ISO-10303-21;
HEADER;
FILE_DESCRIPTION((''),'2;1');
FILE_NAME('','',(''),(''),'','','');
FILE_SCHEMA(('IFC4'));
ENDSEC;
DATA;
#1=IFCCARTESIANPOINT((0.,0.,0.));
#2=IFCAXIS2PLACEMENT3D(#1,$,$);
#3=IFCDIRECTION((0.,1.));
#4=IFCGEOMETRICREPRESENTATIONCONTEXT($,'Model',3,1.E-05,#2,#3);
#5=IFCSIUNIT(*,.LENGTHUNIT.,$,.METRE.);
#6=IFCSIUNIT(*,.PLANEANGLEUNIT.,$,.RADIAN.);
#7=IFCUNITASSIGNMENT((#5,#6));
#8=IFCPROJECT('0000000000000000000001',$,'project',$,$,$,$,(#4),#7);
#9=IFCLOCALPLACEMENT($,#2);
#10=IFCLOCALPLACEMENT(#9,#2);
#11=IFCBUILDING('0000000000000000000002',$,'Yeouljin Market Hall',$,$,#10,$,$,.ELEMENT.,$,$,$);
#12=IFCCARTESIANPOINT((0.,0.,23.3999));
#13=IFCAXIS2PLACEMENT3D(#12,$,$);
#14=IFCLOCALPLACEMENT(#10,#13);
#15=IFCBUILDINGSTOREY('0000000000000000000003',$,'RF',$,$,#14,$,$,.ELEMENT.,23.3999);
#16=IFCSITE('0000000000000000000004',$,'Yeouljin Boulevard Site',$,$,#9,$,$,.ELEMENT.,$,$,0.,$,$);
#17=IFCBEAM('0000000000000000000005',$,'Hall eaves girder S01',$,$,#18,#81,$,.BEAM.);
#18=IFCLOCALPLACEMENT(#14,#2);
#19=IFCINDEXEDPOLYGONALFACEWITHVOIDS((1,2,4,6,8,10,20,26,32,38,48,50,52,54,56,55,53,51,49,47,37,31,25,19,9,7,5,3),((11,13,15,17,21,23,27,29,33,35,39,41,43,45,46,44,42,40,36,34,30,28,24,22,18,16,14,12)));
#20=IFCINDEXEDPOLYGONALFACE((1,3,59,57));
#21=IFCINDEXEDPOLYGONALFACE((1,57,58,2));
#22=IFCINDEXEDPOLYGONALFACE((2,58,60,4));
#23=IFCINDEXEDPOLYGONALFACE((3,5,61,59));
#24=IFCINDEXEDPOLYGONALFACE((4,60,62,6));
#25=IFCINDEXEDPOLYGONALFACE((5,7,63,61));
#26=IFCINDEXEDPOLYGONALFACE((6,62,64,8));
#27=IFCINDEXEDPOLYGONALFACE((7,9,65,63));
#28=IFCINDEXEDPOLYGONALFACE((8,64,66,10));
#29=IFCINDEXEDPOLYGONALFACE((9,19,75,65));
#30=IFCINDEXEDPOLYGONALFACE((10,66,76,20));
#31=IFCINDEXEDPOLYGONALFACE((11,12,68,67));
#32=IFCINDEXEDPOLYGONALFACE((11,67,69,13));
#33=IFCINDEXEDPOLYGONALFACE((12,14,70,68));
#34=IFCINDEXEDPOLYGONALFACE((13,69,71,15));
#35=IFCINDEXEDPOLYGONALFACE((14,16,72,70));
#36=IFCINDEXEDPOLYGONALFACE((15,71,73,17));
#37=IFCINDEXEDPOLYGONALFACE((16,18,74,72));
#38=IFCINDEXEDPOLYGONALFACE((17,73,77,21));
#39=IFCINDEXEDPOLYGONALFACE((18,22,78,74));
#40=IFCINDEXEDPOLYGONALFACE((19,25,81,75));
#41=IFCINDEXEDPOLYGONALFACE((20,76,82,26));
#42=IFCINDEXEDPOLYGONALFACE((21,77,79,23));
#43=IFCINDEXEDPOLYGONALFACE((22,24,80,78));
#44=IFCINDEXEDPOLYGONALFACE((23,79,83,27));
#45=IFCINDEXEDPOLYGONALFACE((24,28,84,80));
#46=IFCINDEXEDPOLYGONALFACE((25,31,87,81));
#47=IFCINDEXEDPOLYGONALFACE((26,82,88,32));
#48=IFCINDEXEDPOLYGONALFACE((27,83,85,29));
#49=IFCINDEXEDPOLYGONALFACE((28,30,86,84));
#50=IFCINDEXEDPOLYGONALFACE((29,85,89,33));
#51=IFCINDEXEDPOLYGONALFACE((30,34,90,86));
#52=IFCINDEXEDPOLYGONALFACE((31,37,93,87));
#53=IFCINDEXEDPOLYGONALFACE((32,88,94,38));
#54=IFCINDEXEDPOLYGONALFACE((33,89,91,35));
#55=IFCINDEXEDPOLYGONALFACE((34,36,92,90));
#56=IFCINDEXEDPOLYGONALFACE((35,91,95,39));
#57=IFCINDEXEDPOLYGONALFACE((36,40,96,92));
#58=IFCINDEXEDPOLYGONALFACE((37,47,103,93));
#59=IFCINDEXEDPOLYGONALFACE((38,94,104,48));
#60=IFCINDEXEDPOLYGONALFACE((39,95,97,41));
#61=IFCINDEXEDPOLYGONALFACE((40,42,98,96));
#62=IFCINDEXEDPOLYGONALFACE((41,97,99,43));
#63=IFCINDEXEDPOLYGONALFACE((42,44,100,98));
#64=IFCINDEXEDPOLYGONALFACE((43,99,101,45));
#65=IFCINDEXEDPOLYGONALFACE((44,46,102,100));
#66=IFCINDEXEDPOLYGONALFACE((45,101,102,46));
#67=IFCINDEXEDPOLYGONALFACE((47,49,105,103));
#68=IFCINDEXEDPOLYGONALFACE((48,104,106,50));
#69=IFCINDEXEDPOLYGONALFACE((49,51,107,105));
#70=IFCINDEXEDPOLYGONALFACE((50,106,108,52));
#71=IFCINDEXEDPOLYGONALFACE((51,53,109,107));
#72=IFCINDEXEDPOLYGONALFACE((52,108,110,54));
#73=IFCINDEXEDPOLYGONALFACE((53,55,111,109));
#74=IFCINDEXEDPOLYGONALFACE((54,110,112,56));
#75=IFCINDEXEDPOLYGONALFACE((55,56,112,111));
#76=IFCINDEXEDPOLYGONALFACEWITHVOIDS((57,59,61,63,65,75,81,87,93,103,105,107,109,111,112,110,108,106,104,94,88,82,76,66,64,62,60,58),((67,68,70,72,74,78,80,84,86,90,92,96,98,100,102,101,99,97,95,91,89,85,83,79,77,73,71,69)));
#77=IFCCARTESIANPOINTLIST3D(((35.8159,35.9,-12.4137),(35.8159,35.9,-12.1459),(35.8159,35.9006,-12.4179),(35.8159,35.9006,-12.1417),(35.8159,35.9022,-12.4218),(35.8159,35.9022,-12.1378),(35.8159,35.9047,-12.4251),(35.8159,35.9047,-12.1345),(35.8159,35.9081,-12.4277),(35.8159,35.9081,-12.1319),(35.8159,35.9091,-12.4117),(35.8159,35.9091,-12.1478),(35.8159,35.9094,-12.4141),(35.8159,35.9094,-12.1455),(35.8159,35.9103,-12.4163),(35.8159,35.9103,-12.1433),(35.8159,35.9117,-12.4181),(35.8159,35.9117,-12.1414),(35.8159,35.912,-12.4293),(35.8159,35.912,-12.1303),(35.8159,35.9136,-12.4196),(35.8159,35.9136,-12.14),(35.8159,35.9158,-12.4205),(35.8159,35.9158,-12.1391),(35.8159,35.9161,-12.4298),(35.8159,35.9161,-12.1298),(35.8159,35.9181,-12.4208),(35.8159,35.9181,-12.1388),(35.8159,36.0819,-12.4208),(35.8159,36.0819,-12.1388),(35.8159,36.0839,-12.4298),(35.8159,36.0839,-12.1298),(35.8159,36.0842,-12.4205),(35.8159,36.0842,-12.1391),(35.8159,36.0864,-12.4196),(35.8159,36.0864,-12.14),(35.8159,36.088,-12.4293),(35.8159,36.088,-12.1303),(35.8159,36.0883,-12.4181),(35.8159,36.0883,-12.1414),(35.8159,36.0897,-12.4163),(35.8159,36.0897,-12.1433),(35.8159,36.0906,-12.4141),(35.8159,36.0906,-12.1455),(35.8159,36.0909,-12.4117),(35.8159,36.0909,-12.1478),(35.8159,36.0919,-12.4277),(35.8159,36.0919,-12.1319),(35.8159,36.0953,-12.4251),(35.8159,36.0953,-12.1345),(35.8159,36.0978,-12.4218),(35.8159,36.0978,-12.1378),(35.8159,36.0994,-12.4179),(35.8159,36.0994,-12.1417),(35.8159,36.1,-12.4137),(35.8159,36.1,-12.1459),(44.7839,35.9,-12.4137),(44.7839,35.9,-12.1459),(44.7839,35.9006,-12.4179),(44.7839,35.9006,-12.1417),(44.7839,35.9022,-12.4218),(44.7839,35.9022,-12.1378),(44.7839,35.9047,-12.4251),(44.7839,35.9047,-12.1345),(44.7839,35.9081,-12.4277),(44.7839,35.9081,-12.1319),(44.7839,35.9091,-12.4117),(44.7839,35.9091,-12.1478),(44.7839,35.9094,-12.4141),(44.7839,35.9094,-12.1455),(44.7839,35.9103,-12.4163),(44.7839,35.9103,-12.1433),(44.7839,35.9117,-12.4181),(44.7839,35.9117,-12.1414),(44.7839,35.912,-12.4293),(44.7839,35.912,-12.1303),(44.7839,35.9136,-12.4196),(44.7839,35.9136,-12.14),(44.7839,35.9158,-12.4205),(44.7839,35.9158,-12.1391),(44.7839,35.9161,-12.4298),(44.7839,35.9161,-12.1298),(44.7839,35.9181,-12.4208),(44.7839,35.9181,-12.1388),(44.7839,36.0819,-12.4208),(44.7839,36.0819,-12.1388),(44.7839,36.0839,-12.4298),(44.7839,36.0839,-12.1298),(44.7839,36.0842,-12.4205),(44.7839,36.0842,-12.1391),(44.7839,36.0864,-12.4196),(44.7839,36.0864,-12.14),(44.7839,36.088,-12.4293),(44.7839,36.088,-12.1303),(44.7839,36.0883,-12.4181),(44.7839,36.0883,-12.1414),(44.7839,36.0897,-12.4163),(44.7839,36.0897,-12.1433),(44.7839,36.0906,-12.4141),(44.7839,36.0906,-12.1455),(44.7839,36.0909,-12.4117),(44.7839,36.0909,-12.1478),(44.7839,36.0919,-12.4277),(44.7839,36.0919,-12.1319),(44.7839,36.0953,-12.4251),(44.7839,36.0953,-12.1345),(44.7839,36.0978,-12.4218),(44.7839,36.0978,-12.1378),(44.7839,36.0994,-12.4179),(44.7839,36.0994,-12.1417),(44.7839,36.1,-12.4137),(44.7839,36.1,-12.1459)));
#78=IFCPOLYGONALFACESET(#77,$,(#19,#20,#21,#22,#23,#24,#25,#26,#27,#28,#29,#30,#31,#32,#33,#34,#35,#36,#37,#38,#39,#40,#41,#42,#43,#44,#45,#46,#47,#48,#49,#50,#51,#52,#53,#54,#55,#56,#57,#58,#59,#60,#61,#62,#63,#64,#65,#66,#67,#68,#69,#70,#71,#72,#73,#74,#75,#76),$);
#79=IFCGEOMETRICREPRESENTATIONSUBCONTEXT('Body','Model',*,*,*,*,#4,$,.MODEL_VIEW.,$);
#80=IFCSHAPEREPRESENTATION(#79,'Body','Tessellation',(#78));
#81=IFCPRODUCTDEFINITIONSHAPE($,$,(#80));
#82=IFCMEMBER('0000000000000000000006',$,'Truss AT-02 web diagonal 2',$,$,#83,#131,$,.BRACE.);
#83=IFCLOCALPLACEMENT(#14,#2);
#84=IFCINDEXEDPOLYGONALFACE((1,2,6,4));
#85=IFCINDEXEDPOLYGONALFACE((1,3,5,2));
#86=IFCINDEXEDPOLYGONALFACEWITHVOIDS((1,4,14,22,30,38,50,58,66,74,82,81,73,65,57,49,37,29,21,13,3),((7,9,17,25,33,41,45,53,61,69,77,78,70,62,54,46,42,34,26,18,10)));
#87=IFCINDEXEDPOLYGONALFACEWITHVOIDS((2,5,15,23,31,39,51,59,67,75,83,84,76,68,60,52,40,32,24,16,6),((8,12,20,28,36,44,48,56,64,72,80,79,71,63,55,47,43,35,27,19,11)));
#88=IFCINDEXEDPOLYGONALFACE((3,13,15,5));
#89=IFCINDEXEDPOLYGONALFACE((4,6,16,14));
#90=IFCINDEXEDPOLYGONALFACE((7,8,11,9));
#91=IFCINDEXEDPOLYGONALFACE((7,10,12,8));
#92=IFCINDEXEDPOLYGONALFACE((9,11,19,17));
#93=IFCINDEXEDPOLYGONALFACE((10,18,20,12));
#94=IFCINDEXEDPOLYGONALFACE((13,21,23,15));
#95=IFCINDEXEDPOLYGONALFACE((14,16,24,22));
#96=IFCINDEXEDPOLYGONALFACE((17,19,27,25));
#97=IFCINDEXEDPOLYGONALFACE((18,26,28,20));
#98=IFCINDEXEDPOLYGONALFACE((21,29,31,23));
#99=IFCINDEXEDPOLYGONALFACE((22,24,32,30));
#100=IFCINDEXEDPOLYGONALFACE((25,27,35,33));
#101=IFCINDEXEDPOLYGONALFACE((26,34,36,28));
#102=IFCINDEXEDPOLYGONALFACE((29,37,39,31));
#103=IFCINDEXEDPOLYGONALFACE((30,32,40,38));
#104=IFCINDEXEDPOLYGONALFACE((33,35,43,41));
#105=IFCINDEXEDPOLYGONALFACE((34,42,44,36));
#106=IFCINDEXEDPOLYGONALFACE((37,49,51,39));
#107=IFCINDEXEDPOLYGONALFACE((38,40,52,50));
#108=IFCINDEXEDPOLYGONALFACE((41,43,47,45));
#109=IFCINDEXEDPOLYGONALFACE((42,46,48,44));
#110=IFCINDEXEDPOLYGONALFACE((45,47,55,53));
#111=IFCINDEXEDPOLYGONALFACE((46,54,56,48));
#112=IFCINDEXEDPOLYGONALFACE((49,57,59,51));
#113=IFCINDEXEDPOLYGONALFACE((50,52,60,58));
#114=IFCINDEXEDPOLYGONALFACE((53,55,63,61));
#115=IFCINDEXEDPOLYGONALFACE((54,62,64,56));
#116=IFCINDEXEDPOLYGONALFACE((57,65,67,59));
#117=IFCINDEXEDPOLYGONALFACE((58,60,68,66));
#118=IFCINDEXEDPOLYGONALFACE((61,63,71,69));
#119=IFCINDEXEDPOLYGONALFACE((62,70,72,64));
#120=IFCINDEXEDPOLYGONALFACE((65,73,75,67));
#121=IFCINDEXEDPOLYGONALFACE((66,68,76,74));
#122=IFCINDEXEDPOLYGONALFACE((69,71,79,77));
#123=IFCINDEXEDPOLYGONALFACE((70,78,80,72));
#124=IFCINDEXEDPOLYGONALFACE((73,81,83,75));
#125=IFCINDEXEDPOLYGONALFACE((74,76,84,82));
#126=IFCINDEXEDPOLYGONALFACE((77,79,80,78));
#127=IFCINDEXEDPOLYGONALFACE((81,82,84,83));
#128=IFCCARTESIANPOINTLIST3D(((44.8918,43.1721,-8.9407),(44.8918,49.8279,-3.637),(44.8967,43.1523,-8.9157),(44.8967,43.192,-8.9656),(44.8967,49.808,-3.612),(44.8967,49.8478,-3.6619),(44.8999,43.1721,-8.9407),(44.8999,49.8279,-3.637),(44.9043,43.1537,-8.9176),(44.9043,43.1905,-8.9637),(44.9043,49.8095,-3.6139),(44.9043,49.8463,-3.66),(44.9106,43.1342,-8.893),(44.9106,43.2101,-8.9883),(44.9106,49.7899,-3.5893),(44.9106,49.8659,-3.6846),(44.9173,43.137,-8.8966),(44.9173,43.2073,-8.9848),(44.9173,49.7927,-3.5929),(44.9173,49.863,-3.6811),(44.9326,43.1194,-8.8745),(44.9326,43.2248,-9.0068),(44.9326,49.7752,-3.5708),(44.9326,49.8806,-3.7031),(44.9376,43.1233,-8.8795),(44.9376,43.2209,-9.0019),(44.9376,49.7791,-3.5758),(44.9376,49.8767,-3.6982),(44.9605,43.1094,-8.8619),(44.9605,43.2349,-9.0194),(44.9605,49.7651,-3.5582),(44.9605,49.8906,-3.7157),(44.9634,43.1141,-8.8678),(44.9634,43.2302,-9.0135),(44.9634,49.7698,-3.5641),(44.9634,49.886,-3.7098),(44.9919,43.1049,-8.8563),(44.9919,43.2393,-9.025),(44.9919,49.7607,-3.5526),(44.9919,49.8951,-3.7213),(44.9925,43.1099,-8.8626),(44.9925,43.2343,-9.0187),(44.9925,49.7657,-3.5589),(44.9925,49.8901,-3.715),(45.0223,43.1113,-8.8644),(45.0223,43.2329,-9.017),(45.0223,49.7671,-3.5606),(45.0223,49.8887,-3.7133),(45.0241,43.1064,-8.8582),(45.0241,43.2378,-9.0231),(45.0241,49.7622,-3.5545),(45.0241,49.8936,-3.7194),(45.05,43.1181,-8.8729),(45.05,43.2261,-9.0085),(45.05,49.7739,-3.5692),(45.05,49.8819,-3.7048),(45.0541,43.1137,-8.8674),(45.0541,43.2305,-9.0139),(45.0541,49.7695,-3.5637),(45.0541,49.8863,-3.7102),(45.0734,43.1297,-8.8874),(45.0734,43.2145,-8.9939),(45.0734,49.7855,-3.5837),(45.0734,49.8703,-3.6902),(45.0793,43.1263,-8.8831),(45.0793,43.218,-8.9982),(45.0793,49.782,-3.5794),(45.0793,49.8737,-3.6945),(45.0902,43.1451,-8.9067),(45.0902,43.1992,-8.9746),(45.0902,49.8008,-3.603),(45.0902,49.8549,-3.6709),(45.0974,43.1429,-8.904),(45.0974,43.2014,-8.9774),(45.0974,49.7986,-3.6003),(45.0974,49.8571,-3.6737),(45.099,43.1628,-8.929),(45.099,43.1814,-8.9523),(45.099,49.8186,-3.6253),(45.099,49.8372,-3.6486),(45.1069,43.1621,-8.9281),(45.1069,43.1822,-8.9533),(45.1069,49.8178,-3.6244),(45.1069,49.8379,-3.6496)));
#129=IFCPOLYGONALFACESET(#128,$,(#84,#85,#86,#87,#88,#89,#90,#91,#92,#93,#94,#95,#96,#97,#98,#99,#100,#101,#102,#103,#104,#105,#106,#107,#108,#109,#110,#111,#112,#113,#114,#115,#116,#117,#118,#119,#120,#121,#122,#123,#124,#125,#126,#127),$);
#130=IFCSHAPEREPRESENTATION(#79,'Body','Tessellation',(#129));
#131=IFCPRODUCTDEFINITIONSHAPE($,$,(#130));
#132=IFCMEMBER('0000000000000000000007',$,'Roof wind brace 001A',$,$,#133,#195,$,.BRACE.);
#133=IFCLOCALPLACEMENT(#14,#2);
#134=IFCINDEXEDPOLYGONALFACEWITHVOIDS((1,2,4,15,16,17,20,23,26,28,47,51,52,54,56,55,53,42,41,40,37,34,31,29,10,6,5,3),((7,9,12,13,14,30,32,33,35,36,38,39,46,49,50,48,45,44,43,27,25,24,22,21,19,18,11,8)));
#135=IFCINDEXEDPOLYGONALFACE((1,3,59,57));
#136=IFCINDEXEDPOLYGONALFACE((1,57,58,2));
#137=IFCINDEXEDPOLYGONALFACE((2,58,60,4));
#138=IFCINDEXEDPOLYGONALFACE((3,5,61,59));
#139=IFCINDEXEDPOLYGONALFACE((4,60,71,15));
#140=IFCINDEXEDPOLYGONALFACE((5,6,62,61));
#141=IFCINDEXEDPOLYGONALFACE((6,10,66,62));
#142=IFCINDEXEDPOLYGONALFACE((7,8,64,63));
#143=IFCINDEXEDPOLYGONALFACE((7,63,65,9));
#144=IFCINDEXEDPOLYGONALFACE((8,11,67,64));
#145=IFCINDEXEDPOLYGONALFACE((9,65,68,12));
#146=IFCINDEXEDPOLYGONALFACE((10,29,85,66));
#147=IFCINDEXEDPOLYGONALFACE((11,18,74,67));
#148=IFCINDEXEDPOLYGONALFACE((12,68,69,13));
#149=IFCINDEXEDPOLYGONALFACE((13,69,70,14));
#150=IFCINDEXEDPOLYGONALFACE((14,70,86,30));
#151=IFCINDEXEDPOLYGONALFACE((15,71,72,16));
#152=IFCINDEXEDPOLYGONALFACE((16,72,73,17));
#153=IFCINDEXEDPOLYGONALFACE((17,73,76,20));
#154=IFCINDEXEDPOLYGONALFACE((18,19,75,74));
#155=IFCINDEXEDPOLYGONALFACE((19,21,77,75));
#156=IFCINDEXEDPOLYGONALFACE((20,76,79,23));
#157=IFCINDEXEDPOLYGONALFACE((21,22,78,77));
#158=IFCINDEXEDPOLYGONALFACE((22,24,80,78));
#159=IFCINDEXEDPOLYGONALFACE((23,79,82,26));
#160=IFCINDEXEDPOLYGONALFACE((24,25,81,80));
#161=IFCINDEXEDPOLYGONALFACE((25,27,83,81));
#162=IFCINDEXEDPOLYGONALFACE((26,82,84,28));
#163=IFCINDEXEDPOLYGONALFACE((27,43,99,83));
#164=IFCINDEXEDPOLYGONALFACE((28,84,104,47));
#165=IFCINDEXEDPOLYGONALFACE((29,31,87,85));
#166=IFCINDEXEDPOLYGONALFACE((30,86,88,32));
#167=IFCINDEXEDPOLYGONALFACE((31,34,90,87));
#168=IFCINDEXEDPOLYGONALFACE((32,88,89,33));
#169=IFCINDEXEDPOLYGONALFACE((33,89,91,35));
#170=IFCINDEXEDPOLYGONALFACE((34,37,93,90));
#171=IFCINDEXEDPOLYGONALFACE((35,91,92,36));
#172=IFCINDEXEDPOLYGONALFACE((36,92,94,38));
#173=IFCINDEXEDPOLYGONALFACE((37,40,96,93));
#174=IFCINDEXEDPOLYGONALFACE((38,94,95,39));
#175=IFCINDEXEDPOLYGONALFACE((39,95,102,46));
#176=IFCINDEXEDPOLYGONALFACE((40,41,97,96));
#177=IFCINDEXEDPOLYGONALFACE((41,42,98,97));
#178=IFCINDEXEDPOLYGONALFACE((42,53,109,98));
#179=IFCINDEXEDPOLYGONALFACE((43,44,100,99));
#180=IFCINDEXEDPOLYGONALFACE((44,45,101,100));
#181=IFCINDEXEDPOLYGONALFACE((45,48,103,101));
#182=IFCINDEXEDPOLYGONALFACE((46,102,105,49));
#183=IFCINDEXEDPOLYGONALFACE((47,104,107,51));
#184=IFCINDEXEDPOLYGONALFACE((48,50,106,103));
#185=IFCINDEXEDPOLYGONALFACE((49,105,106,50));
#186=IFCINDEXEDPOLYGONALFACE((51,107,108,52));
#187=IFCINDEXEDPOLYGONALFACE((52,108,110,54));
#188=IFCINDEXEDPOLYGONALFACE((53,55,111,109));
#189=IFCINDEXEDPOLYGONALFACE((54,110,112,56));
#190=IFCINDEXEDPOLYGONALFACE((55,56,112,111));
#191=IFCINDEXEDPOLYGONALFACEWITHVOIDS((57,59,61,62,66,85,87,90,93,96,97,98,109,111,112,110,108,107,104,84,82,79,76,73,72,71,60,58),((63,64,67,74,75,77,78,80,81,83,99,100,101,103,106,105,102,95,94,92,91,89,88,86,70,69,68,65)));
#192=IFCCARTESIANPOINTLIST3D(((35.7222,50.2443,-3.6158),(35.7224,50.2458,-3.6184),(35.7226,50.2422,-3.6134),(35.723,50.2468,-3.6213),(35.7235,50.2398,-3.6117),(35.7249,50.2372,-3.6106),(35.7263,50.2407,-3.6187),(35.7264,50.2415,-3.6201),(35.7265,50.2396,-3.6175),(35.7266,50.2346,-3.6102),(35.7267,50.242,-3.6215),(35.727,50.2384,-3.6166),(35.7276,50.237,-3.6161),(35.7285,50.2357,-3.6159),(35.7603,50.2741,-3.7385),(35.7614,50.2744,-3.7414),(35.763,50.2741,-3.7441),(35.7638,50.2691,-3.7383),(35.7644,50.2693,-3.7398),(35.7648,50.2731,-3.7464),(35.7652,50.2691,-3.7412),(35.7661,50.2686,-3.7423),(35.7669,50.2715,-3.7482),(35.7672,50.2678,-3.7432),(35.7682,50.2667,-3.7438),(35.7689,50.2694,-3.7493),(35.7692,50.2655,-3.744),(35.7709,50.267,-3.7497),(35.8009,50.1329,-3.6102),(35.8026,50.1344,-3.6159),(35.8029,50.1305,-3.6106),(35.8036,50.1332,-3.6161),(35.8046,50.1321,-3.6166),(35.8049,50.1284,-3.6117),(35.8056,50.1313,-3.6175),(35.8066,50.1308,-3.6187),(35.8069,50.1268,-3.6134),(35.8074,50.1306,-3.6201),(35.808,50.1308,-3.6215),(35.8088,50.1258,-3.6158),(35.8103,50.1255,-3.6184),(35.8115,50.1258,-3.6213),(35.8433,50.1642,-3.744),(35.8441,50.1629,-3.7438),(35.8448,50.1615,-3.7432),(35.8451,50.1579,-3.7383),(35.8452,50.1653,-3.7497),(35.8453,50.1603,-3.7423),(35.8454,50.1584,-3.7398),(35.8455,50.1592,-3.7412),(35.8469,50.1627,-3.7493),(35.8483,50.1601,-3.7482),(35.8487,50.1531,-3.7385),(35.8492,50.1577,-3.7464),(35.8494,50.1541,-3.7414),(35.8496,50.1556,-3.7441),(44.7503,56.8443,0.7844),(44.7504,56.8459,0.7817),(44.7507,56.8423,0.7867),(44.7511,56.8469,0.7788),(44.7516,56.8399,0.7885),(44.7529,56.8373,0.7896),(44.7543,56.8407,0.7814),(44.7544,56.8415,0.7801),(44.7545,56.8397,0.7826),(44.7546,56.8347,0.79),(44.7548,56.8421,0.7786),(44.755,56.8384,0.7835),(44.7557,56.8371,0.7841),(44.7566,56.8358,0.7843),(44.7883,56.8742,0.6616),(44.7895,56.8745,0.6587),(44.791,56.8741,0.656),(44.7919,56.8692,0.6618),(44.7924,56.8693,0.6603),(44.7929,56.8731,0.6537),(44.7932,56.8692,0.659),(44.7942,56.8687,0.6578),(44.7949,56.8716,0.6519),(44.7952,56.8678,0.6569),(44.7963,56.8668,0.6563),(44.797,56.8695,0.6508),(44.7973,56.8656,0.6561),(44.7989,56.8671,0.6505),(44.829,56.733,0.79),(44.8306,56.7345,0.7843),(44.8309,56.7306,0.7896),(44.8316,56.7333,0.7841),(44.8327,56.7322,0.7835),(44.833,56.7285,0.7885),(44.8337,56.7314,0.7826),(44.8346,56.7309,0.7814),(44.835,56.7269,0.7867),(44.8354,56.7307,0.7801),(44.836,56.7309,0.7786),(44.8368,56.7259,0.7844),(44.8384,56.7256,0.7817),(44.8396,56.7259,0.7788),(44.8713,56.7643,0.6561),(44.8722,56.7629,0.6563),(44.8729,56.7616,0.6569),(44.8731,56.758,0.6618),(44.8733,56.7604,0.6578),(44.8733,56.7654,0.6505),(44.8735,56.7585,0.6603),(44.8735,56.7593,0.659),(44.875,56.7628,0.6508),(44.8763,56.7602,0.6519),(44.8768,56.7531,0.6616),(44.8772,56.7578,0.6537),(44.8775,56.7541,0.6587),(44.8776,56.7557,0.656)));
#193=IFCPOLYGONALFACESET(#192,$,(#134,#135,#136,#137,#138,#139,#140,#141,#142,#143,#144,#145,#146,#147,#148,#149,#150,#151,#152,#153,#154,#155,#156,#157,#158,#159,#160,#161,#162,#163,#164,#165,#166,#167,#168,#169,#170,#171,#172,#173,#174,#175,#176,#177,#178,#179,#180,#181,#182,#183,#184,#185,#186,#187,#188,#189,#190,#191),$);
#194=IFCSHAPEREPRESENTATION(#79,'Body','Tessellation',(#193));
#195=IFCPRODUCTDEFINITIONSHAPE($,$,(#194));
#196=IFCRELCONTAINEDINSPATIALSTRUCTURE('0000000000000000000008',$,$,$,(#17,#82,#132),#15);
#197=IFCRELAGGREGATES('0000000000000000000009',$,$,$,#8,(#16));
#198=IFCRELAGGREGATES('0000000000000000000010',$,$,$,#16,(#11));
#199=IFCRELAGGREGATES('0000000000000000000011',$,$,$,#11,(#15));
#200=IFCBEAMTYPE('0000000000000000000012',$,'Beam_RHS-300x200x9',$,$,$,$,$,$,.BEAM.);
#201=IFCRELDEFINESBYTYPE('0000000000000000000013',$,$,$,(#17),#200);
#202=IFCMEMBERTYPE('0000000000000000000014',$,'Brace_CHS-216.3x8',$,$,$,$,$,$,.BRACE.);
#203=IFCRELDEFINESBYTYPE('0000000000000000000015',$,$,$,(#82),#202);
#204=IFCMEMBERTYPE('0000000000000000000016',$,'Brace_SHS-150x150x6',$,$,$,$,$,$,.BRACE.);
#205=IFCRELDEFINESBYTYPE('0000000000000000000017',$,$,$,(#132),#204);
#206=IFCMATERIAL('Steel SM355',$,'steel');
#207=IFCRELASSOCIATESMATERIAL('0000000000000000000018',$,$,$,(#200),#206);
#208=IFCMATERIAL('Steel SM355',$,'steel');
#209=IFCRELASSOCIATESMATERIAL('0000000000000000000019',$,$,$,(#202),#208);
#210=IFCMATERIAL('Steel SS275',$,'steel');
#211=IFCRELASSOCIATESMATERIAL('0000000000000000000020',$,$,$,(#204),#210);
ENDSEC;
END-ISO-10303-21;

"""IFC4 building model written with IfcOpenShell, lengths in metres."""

from ifc_helpers import new_model, si_unit, direction, frame, origin, origin_2d, place, context, subcontext, project, spatial, hollow_rectangle, hollow_circle, extrude, material, material_profile, profile_set, type_object, element, save


model = new_model("IFC4")

# Units and contexts
model_context = context("Model", 3, precision=1e-05, world=origin(), true_north=direction((0.0, 1.0)))
body_context = subcontext(model_context, "Body", "Model", "MODEL_VIEW")
ifc_project = project(units=[si_unit("LENGTHUNIT", "METRE"), si_unit("PLANEANGLEUNIT", "RADIAN")], contexts=[model_context])

# Site, building, storey
site_placement = place(None, origin())
site = spatial("IfcSite", under=ifc_project, at=site_placement, Name="Yeouljin Boulevard Site", CompositionType="ELEMENT", RefElevation=0.0)
building_placement = place(site_placement, origin())
building = spatial("IfcBuilding", under=site, at=building_placement, Name="Yeouljin Market Hall", CompositionType="ELEMENT")
storey_placement = place(building_placement, frame((0.0, 0.0, 23.3999)))
storey = spatial("IfcBuildingStorey", under=building, at=storey_placement, Name="RF", CompositionType="ELEMENT", Elevation=23.3999)

# Beam
ifc_material_1 = material(Name="Steel SM355", Category="steel")
ifc_material_profile_1 = material_profile(ifc_material_1, hollow_rectangle(XDim=0.2, YDim=0.3, WallThickness=0.009, InnerFilletRadius=0.009, OuterFilletRadius=0.0161, at=origin_2d()), Name="RHS-300x200x9")
ifc_profile_set_1 = profile_set([ifc_material_profile_1], Name="Steel SM355")
beam_type_1 = type_object("IfcBeamType", Name="Beam_RHS-300x200x9", PredefinedType="BEAM", material=ifc_profile_set_1)
beam_1_placement = place(storey_placement, frame((35.8159, 36.0, -12.2798), z_axis=(1.0, 0.0, 0.0), x_axis=(0.0, 1.0, 0.0)))
element("IfcBeam", 1, at=beam_1_placement, inside=storey, type_object=beam_type_1, Name="Hall eaves girder S01", PredefinedType="BEAM", context=body_context, shape_type="SweptSolid", body=[
    extrude(hollow_rectangle(XDim=0.2, YDim=0.3, WallThickness=0.009, InnerFilletRadius=0.009, OuterFilletRadius=0.0161, at=origin_2d()), origin(), (0.0, 0.0, 1.0), 8.968),
])

# Members
ifc_material_2 = material(Name="Steel SM355", Category="steel")
ifc_material_profile_2 = material_profile(ifc_material_2, hollow_circle(Radius=0.1082, WallThickness=0.0081, at=origin_2d()), Name="CHS-216.3x8")
ifc_profile_set_2 = profile_set([ifc_material_profile_2], Name="Steel SM355")
member_type_1 = type_object("IfcMemberType", Name="Brace_CHS-216.3x8", PredefinedType="BRACE", material=ifc_profile_set_2)
member_1_placement = place(storey_placement, frame((45.0, 43.1721, -8.9407), z_axis=(0.0, 0.782065, 0.623197), x_axis=(-1.0, 0.0, 0.0)))
element("IfcMember", 2, at=member_1_placement, inside=storey, type_object=member_type_1, Name="Truss AT-02 web diagonal 2", PredefinedType="BRACE", context=body_context, shape_type="SweptSolid", body=[
    extrude(hollow_circle(Radius=0.1082, WallThickness=0.0081, at=origin_2d()), origin(), (0.0, 0.0, 1.0), 8.5105),
])
ifc_material_3 = material(Name="Steel SS275", Category="steel")
ifc_material_profile_3 = material_profile(ifc_material_3, hollow_rectangle(XDim=0.1499, YDim=0.1499, WallThickness=0.0061, InnerFilletRadius=0.0061, OuterFilletRadius=0.012, at=origin_2d()), Name="SHS-150x150x6")
ifc_profile_set_3 = profile_set([ifc_material_profile_3], Name="Steel SS275")
member_type_2 = type_object("IfcMemberType", Name="Brace_SHS-150x150x6", PredefinedType="BRACE", material=ifc_profile_set_3)
member_2_placement = place(storey_placement, frame((35.7859, 50.2, -3.6799), z_axis=(0.751222, 0.549191, 0.366134), x_axis=(-0.590171, 0.807278, 0.0)))
element("IfcMember", 3, at=member_2_placement, inside=storey, type_object=member_type_2, Name="Roof wind brace 001A", PredefinedType="BRACE", context=body_context, shape_type="SweptSolid", body=[
    extrude(hollow_rectangle(XDim=0.1499, YDim=0.1499, WallThickness=0.0061, InnerFilletRadius=0.0061, OuterFilletRadius=0.012, at=origin_2d()), origin(), (0.0, 0.0, 1.0), 12.0178),
])

save(model, "model.ifc")
